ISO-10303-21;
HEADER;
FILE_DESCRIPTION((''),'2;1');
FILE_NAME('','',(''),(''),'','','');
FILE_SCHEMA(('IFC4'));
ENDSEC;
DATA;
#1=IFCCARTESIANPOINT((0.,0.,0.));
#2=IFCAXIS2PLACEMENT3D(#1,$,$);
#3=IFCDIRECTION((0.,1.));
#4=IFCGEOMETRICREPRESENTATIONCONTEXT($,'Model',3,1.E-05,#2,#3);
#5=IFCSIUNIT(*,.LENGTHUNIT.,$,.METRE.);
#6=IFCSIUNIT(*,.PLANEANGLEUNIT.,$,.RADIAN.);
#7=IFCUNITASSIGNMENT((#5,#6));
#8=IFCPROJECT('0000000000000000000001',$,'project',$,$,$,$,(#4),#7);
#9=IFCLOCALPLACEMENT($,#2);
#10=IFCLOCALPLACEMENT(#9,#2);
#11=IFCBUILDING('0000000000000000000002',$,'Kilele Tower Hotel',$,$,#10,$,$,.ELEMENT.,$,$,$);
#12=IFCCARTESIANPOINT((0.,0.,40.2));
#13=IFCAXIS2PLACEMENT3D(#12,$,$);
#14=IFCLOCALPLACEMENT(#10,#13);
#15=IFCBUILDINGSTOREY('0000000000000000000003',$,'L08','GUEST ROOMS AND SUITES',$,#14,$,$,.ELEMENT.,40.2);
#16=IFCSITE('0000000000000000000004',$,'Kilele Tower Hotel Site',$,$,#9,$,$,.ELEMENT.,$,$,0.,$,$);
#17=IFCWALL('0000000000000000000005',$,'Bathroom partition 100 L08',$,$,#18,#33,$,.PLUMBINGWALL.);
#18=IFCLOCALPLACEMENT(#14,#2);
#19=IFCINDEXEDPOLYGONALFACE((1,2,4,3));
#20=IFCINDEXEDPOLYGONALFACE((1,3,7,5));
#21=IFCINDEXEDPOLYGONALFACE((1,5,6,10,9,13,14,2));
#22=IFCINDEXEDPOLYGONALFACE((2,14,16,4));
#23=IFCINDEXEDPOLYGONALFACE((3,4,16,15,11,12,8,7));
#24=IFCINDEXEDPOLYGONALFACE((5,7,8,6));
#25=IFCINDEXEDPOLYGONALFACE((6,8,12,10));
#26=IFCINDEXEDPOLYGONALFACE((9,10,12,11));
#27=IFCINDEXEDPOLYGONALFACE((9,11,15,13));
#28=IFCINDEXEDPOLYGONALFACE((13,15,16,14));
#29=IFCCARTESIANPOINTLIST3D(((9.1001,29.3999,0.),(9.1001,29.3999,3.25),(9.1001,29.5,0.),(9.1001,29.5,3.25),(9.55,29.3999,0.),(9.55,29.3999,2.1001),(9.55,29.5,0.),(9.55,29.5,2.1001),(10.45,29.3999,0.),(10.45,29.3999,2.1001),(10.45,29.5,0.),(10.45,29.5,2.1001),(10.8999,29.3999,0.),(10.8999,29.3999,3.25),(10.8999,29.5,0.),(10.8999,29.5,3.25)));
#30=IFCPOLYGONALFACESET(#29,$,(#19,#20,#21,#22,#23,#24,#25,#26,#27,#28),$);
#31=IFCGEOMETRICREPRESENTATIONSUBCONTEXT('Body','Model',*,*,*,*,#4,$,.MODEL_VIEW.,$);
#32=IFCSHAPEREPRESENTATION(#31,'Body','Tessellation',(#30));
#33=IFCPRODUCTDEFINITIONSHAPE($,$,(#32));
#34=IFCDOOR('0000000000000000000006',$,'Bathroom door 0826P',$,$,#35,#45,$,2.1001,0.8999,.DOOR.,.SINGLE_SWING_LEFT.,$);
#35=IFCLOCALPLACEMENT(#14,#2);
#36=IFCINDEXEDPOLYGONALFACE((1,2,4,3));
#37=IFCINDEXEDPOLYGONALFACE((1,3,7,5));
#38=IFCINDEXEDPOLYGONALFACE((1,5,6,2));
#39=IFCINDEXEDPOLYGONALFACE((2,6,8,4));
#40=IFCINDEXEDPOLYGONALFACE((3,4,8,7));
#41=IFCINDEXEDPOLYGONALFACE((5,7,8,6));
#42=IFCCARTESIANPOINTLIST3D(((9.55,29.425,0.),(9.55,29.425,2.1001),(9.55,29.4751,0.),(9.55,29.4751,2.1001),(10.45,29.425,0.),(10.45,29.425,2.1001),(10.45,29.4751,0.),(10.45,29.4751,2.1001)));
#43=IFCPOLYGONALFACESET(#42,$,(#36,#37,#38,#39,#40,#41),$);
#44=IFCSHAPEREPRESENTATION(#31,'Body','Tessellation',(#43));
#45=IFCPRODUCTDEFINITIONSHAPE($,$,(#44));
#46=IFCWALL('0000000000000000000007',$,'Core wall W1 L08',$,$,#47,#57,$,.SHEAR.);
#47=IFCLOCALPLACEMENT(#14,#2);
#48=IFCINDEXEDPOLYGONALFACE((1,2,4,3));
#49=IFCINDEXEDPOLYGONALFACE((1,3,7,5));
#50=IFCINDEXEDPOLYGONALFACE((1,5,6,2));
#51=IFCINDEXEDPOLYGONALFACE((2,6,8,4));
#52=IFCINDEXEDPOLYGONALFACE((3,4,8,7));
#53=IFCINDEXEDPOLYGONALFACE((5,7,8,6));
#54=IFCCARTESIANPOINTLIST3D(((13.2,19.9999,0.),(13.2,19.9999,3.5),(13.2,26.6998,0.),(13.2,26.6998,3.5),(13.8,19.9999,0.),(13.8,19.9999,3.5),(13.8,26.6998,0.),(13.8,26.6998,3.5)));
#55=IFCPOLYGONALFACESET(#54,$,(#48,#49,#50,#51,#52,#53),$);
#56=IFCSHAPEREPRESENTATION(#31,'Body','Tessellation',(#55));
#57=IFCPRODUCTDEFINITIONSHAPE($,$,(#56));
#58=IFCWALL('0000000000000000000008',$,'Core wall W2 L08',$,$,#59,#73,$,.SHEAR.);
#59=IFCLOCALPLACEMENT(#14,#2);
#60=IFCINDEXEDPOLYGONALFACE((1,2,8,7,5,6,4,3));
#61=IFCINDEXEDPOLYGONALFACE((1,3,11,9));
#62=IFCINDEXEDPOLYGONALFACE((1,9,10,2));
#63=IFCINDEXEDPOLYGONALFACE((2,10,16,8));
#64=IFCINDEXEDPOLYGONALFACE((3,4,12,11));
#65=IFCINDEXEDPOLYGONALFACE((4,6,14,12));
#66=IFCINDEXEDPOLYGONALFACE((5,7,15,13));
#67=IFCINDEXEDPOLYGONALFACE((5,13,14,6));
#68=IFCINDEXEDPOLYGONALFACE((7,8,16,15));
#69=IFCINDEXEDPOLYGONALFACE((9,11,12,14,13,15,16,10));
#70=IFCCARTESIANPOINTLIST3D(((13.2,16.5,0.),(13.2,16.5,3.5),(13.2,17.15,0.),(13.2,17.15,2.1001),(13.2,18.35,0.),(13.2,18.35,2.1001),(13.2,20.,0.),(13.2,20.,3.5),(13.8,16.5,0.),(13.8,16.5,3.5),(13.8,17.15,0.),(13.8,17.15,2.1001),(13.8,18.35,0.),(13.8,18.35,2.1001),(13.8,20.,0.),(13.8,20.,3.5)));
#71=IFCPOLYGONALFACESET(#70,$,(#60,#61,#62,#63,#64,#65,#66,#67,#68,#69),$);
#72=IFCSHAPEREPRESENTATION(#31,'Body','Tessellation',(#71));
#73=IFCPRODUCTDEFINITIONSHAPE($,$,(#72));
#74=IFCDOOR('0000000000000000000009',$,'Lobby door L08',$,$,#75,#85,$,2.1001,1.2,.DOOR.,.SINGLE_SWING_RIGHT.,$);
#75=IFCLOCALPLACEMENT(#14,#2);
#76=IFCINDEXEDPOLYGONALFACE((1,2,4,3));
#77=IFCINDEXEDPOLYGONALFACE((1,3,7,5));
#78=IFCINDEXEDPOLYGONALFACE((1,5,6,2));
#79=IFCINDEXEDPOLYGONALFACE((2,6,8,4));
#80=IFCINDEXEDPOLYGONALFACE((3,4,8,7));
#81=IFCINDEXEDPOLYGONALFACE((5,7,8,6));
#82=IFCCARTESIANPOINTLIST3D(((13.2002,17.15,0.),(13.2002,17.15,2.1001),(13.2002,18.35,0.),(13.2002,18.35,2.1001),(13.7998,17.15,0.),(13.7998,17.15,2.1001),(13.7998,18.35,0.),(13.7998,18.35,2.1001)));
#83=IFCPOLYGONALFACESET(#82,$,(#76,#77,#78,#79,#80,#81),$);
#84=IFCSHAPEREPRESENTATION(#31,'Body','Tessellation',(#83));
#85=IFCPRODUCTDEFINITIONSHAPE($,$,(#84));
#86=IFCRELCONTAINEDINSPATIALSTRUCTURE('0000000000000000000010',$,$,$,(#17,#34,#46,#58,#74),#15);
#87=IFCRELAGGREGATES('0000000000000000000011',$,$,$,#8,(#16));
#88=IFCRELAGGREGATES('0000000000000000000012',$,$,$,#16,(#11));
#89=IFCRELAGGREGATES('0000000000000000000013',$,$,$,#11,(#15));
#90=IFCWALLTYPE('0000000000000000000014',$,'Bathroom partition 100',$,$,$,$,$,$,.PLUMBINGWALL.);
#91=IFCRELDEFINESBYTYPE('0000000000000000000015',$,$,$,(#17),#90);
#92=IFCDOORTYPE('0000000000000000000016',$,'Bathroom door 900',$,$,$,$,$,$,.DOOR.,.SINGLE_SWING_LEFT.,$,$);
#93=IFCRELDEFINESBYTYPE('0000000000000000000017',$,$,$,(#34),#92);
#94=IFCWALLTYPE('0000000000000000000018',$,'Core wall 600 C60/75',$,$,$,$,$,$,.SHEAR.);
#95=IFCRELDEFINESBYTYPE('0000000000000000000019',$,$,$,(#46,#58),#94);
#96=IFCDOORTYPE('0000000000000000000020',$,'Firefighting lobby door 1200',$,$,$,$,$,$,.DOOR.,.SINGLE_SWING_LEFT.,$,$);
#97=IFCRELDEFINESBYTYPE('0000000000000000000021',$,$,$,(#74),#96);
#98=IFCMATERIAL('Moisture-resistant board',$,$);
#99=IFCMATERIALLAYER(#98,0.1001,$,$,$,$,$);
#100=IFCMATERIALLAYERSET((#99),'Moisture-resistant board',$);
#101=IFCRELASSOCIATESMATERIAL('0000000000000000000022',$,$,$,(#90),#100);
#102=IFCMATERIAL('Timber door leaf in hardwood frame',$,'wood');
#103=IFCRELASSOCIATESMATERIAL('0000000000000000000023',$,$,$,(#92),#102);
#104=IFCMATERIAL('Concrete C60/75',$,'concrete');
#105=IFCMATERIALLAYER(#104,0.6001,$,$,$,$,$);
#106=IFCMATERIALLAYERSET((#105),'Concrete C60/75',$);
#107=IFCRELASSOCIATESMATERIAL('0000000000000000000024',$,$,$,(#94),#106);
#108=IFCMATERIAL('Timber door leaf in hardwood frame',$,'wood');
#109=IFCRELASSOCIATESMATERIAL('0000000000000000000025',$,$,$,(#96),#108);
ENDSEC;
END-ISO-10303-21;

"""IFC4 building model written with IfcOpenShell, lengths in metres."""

from ifc_helpers import new_model, si_unit, direction, frame, frame_2d, origin, place, context, subcontext, project, spatial, rectangle, extrude, material, layer, layer_set, type_object, element, fill, save


model = new_model("IFC4")

# Units and contexts
model_context = context("Model", 3, precision=1e-05, world=origin(), true_north=direction((0.0, 1.0)))
body_context = subcontext(model_context, "Body", "Model", "MODEL_VIEW")
ifc_project = project(units=[si_unit("LENGTHUNIT", "METRE"), si_unit("PLANEANGLEUNIT", "RADIAN")], contexts=[model_context])

# Site, building, storey
site_placement = place(None, origin())
site = spatial("IfcSite", under=ifc_project, at=site_placement, Name="Kilele Tower Hotel Site", CompositionType="ELEMENT", RefElevation=0.0)
building_placement = place(site_placement, origin())
building = spatial("IfcBuilding", under=site, at=building_placement, Name="Kilele Tower Hotel", CompositionType="ELEMENT")
storey_placement = place(building_placement, frame((0.0, 0.0, 40.2)))
storey = spatial("IfcBuildingStorey", under=building, at=storey_placement, Name="L08", Description="GUEST ROOMS AND SUITES", CompositionType="ELEMENT", Elevation=40.2)

# Shared definitions
ifc_material_1 = material(Name="Moisture-resistant board")
ifc_layer_1 = layer(ifc_material_1, 0.1001)
ifc_layer_set_1 = layer_set([ifc_layer_1], Name="Moisture-resistant board")
wall_type_1 = type_object("IfcWallType", Name="Bathroom partition 100", PredefinedType="PLUMBINGWALL", material=ifc_layer_set_1)
ifc_material_2 = material(Name="Timber door leaf in hardwood frame", Category="wood")
door_type_1 = type_object("IfcDoorType", Name="Bathroom door 900", OperationType="SINGLE_SWING_LEFT", PredefinedType="DOOR", material=ifc_material_2)

# Wall, opening, door
wall_1_placement = place(storey_placement, frame((10.8999, 29.45, 0.0), z_axis=(0.0, 0.0, 1.0), x_axis=(-1.0, 0.0, 0.0)))
wall_1 = element("IfcWall", 1, at=wall_1_placement, inside=storey, type_object=wall_type_1, Name="Bathroom partition 100 L08", PredefinedType="PLUMBINGWALL", context=body_context, shape_type="SweptSolid", body=[
    extrude(rectangle(XDim=1.7998, YDim=0.1001, at=frame_2d((0.8999, 0.0))), origin(), (0.0, 0.0, 1.0), 3.25),
])
opening_1_placement = place(wall_1_placement, frame((0.45, 0.0, 0.0)))
opening_1 = element("IfcOpeningElement", 2, at=opening_1_placement, cuts=wall_1, PredefinedType="OPENING", context=body_context, shape_type="SweptSolid", body=[
    extrude(rectangle(XDim=0.8999, YDim=2.1001, at=frame_2d((0.45, 1.05))), frame((0.0, 0.0601, 0.0), z_axis=(0.0, -1.0, 0.0), x_axis=(1.0, 0.0, 0.0)), (0.0, 0.0, 1.0), 0.1201),
])
door_1_placement = place(opening_1_placement, origin())
door_1 = element("IfcDoor", 3, at=door_1_placement, inside=storey, type_object=door_type_1, Name="Bathroom door 0826P", OperationType="SINGLE_SWING_LEFT", OverallHeight=2.1001, OverallWidth=0.8999, PredefinedType="DOOR", context=body_context, shape_type="SweptSolid", body=[
    extrude(rectangle(XDim=0.8999, YDim=2.1001, at=frame_2d((0.45, 1.05))), frame((0.0, 0.0249, 0.0), z_axis=(0.0, -1.0, 0.0), x_axis=(1.0, 0.0, 0.0)), (0.0, 0.0, 1.0), 0.05),
])
fill(opening_1, door_1)

# Wall
ifc_material_3 = material(Name="Concrete C60/75", Category="concrete")
ifc_layer_2 = layer(ifc_material_3, 0.6001)
ifc_layer_set_2 = layer_set([ifc_layer_2], Name="Concrete C60/75")
wall_type_2 = type_object("IfcWallType", Name="Core wall 600 C60/75", PredefinedType="SHEAR", material=ifc_layer_set_2)
wall_2_placement = place(storey_placement, frame((13.5, 26.7, 0.0), z_axis=(0.0, 0.0, 1.0), x_axis=(0.0, -1.0, 0.0)))
element("IfcWall", 4, at=wall_2_placement, inside=storey, type_object=wall_type_2, Name="Core wall W1 L08", PredefinedType="SHEAR", context=body_context, shape_type="SweptSolid", body=[
    extrude(rectangle(XDim=6.7, YDim=0.6001, at=frame_2d((3.3501, 0.0))), origin(), (0.0, 0.0, 1.0), 3.5),
])

# Wall, opening, door
wall_3_placement = place(storey_placement, frame((13.5, 20.0, 0.0), z_axis=(0.0, 0.0, 1.0), x_axis=(0.0, -1.0, 0.0)))
wall_3 = element("IfcWall", 5, at=wall_3_placement, inside=storey, type_object=wall_type_2, Name="Core wall W2 L08", PredefinedType="SHEAR", context=body_context, shape_type="SweptSolid", body=[
    extrude(rectangle(XDim=3.5, YDim=0.6001, at=frame_2d((1.75, 0.0))), origin(), (0.0, 0.0, 1.0), 3.5),
])
opening_2_placement = place(wall_3_placement, frame((1.6499, 0.0, 0.0)))
opening_2 = element("IfcOpeningElement", 6, at=opening_2_placement, cuts=wall_3, PredefinedType="OPENING", context=body_context, shape_type="SweptSolid", body=[
    extrude(rectangle(XDim=1.2, YDim=2.1001, at=frame_2d((0.6001, 1.05))), frame((0.0, 0.3101, 0.0), z_axis=(0.0, -1.0, 0.0), x_axis=(1.0, 0.0, 0.0)), (0.0, 0.0, 1.0), 0.6201),
])
ifc_material_4 = material(Name="Timber door leaf in hardwood frame", Category="wood")
door_type_2 = type_object("IfcDoorType", Name="Firefighting lobby door 1200", OperationType="SINGLE_SWING_LEFT", PredefinedType="DOOR", material=ifc_material_4)
door_2_placement = place(opening_2_placement, origin())
door_2 = element("IfcDoor", 7, at=door_2_placement, inside=storey, type_object=door_type_2, Name="Lobby door L08", OperationType="SINGLE_SWING_RIGHT", OverallHeight=2.1001, OverallWidth=1.2, PredefinedType="DOOR", context=body_context, shape_type="SweptSolid", body=[
    extrude(rectangle(XDim=1.2, YDim=2.1001, at=frame_2d((0.6001, 1.05))), frame((0.0, 0.2998, 0.0), z_axis=(0.0, -1.0, 0.0), x_axis=(1.0, 0.0, 0.0)), (0.0, 0.0, 1.0), 0.5996),
])
fill(opening_2, door_2)

save(model, "model.ifc")
